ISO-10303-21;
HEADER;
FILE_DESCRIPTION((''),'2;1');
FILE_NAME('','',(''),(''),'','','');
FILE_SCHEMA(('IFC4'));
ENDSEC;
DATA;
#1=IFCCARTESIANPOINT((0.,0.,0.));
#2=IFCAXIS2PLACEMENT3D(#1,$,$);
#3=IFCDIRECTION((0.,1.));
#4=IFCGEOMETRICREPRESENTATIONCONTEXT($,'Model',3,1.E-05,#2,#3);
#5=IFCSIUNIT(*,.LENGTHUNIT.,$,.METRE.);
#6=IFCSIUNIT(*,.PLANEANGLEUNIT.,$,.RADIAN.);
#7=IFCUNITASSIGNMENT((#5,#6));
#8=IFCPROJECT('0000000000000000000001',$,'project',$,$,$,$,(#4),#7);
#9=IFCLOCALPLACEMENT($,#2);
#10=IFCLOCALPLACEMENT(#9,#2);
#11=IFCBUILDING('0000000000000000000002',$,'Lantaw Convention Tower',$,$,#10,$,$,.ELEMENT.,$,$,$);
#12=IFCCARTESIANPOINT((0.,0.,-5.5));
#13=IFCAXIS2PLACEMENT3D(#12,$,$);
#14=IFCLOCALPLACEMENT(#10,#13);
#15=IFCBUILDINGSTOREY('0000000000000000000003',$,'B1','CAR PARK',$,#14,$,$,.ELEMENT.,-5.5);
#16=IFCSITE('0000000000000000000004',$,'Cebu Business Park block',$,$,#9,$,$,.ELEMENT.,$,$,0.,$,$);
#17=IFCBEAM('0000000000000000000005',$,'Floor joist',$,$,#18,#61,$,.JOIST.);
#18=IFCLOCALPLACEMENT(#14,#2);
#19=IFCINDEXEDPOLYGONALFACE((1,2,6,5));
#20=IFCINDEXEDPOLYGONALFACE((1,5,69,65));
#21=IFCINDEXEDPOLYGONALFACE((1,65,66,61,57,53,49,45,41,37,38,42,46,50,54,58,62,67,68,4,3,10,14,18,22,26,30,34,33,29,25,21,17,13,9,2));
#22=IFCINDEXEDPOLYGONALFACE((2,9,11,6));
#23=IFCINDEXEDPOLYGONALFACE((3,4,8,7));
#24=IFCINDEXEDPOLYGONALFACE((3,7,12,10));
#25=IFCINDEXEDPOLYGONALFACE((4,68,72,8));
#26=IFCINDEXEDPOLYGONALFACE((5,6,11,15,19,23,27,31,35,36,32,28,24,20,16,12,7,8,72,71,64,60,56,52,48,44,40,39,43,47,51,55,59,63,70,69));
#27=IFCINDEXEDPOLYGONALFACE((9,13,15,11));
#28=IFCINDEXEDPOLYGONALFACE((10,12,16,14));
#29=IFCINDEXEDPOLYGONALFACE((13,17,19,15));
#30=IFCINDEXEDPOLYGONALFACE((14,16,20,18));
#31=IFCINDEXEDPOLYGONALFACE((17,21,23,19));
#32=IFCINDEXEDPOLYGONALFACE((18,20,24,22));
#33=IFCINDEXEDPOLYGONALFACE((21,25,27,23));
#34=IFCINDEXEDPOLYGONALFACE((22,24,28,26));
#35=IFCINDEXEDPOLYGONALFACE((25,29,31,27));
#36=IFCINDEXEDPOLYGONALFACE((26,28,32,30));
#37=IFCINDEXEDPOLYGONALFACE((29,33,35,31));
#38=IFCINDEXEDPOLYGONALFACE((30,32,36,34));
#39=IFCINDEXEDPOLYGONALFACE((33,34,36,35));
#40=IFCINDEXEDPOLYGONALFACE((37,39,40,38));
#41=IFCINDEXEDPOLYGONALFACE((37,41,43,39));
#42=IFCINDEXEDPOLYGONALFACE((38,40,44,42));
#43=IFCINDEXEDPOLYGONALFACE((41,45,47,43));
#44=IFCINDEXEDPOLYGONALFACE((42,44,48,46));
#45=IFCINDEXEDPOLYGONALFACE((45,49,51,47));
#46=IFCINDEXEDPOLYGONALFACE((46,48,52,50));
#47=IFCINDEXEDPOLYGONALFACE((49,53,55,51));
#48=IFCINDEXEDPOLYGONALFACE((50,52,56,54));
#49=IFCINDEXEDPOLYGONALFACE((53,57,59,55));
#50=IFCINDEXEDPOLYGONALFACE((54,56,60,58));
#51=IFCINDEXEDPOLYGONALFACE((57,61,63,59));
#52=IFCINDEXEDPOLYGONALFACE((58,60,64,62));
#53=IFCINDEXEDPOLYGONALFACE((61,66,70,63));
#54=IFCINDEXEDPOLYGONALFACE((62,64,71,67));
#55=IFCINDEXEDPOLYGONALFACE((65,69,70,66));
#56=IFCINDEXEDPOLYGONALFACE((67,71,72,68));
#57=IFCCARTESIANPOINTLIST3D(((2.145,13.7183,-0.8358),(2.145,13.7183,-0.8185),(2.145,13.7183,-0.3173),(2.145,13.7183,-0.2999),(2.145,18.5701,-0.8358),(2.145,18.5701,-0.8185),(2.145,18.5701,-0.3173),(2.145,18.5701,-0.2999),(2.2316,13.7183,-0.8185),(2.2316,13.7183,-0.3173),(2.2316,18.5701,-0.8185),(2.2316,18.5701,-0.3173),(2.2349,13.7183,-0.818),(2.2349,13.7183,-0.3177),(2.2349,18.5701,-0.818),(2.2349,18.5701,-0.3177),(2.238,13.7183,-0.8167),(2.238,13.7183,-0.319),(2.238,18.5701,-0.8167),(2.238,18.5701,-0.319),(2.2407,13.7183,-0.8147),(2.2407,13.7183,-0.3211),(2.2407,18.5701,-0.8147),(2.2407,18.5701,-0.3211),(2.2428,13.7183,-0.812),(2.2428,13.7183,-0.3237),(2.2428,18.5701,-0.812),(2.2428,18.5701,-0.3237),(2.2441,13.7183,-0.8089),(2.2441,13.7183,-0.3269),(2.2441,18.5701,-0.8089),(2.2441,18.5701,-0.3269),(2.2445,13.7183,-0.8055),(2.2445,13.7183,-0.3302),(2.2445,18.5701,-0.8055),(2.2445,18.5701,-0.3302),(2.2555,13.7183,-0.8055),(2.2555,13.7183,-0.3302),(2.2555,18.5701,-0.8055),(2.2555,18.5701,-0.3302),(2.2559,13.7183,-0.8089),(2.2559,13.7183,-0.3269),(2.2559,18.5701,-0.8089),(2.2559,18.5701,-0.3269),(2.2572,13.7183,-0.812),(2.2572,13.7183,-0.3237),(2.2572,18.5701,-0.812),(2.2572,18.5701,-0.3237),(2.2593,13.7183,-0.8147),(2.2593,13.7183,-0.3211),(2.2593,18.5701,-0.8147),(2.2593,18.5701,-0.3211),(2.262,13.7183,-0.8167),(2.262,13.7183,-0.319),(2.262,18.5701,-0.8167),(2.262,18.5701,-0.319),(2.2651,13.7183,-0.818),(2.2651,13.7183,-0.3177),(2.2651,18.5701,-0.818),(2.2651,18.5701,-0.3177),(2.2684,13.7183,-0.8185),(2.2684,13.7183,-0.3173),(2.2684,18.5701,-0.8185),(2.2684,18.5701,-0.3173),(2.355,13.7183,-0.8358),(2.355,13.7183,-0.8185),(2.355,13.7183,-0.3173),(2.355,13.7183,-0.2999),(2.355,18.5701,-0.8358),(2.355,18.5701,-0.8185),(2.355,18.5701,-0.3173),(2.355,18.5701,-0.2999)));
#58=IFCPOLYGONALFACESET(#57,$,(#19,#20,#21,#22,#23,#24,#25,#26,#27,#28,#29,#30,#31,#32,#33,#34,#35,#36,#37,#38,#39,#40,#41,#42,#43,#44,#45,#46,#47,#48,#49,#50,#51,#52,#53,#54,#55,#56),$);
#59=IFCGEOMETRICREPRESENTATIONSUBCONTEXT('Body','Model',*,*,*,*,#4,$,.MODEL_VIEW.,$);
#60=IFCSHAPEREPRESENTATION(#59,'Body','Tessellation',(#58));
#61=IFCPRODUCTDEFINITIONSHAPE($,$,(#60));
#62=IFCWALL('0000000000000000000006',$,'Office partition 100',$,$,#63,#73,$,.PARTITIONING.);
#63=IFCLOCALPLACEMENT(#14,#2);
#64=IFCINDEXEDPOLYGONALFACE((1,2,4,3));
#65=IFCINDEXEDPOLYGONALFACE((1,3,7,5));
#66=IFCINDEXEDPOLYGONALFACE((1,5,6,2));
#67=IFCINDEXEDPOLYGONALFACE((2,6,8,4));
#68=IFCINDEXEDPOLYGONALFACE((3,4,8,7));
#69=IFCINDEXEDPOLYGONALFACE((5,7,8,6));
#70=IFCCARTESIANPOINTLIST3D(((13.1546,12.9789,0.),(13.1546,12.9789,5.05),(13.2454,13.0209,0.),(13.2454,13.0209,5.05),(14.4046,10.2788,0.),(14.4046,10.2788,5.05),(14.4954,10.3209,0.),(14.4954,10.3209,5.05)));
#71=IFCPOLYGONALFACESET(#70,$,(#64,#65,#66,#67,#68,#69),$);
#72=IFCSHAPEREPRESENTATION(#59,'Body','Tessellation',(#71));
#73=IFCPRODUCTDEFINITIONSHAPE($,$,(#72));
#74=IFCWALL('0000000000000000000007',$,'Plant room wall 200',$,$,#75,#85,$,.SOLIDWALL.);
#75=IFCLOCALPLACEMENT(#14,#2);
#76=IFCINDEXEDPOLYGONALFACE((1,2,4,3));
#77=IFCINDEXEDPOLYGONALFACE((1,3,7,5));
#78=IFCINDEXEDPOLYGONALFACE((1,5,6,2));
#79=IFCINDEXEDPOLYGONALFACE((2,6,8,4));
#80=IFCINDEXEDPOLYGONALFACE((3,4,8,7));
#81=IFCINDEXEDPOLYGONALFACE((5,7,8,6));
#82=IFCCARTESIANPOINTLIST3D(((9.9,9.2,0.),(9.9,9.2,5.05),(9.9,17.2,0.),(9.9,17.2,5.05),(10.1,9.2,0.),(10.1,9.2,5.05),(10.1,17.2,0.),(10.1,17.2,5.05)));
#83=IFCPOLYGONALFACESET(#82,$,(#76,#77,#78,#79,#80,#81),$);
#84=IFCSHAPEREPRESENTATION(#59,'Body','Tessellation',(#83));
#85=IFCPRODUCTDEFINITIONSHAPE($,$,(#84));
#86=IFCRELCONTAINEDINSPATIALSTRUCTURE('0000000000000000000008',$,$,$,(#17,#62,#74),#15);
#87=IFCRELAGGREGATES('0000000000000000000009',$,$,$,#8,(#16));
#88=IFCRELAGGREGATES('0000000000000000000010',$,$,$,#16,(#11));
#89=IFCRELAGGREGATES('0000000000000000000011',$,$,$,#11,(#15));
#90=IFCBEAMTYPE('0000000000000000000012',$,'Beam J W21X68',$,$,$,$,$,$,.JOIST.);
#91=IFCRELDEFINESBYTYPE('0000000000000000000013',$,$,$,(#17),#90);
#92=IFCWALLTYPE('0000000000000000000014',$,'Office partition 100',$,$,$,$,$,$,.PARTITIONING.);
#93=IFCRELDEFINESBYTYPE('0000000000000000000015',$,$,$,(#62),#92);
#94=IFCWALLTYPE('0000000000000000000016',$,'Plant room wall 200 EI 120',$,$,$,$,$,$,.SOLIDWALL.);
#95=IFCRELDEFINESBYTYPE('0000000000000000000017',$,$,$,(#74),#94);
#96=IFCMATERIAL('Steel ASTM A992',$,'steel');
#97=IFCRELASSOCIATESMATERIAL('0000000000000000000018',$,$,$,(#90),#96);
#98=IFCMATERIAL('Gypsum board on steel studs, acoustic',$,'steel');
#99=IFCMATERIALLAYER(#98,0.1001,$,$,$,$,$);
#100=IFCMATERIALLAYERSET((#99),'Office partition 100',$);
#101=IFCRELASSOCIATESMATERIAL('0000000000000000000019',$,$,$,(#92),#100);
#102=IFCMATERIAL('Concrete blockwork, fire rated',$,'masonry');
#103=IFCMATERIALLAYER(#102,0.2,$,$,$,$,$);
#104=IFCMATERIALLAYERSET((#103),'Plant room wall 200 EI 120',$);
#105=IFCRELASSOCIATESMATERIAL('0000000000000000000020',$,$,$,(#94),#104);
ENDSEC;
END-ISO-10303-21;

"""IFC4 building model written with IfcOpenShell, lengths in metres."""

from ifc_helpers import new_model, si_unit, direction, frame, frame_2d, origin, origin_2d, place, context, subcontext, project, spatial, rectangle, i_section, extrude, material, layer, layer_set, material_profile, profile_set, type_object, element, save


model = new_model("IFC4")

# Units and contexts
model_context = context("Model", 3, precision=1e-05, world=origin(), true_north=direction((0.0, 1.0)))
body_context = subcontext(model_context, "Body", "Model", "MODEL_VIEW")
ifc_project = project(units=[si_unit("LENGTHUNIT", "METRE"), si_unit("PLANEANGLEUNIT", "RADIAN")], contexts=[model_context])

# Site, building, storey
site_placement = place(None, origin())
site = spatial("IfcSite", under=ifc_project, at=site_placement, Name="Cebu Business Park block", CompositionType="ELEMENT", RefElevation=0.0)
building_placement = place(site_placement, origin())
building = spatial("IfcBuilding", under=site, at=building_placement, Name="Lantaw Convention Tower", CompositionType="ELEMENT")
storey_placement = place(building_placement, frame((0.0, 0.0, -5.5)))
storey = spatial("IfcBuildingStorey", under=building, at=storey_placement, Name="B1", Description="CAR PARK", CompositionType="ELEMENT", Elevation=-5.5)

# Beam
ifc_material_1 = material(Name="Steel ASTM A992", Category="steel")
ifc_material_profile_1 = material_profile(ifc_material_1, i_section(OverallWidth=0.21, OverallDepth=0.5359, WebThickness=0.011, FlangeThickness=0.0173, FilletRadius=0.0129, at=origin_2d()), Name="W21X68")
ifc_profile_set_1 = profile_set([ifc_material_profile_1], Name="Steel ASTM A992")
beam_type_1 = type_object("IfcBeamType", Name="Beam J W21X68", PredefinedType="JOIST", material=ifc_profile_set_1)
beam_1_placement = place(storey_placement, frame((2.25, 13.7183, -0.5679), z_axis=(0.0, 1.0, 0.0), x_axis=(-1.0, 0.0, 0.0)))
element("IfcBeam", 1, at=beam_1_placement, inside=storey, type_object=beam_type_1, Name="Floor joist", PredefinedType="JOIST", context=body_context, shape_type="SweptSolid", body=[
    extrude(i_section(OverallWidth=0.21, OverallDepth=0.5359, WebThickness=0.011, FlangeThickness=0.0173, FilletRadius=0.0129, at=origin_2d()), origin(), (0.0, 0.0, 1.0), 4.8518),
])

# Walls
ifc_material_2 = material(Name="Gypsum board on steel studs, acoustic", Category="steel")
ifc_layer_1 = layer(ifc_material_2, 0.1001)
ifc_layer_set_1 = layer_set([ifc_layer_1], Name="Office partition 100")
wall_type_1 = type_object("IfcWallType", Name="Office partition 100", PredefinedType="PARTITIONING", material=ifc_layer_set_1)
wall_1_placement = place(storey_placement, frame((13.2, 13.0, 0.0), z_axis=(0.0, 0.0, 1.0), x_axis=(0.42013, -0.907464, 0.0)))
element("IfcWall", 2, at=wall_1_placement, inside=storey, type_object=wall_type_1, Name="Office partition 100", PredefinedType="PARTITIONING", context=body_context, shape_type="SweptSolid", body=[
    extrude(rectangle(XDim=2.9753, YDim=0.1001, at=frame_2d((1.4878, 0.0))), origin(), (0.0, 0.0, 1.0), 5.05),
])
ifc_material_3 = material(Name="Concrete blockwork, fire rated", Category="masonry")
ifc_layer_2 = layer(ifc_material_3, 0.2)
ifc_layer_set_2 = layer_set([ifc_layer_2], Name="Plant room wall 200 EI 120")
wall_type_2 = type_object("IfcWallType", Name="Plant room wall 200 EI 120", PredefinedType="SOLIDWALL", material=ifc_layer_set_2)
wall_2_placement = place(storey_placement, frame((10.0, 9.2, 0.0), z_axis=(0.0, 0.0, 1.0), x_axis=(0.0, 1.0, 0.0)))
element("IfcWall", 3, at=wall_2_placement, inside=storey, type_object=wall_type_2, Name="Plant room wall 200", PredefinedType="SOLIDWALL", context=body_context, shape_type="SweptSolid", body=[
    extrude(rectangle(XDim=8.0, YDim=0.2, at=frame_2d((4.0, 0.0))), origin(), (0.0, 0.0, 1.0), 5.05),
])

save(model, "model.ifc")
